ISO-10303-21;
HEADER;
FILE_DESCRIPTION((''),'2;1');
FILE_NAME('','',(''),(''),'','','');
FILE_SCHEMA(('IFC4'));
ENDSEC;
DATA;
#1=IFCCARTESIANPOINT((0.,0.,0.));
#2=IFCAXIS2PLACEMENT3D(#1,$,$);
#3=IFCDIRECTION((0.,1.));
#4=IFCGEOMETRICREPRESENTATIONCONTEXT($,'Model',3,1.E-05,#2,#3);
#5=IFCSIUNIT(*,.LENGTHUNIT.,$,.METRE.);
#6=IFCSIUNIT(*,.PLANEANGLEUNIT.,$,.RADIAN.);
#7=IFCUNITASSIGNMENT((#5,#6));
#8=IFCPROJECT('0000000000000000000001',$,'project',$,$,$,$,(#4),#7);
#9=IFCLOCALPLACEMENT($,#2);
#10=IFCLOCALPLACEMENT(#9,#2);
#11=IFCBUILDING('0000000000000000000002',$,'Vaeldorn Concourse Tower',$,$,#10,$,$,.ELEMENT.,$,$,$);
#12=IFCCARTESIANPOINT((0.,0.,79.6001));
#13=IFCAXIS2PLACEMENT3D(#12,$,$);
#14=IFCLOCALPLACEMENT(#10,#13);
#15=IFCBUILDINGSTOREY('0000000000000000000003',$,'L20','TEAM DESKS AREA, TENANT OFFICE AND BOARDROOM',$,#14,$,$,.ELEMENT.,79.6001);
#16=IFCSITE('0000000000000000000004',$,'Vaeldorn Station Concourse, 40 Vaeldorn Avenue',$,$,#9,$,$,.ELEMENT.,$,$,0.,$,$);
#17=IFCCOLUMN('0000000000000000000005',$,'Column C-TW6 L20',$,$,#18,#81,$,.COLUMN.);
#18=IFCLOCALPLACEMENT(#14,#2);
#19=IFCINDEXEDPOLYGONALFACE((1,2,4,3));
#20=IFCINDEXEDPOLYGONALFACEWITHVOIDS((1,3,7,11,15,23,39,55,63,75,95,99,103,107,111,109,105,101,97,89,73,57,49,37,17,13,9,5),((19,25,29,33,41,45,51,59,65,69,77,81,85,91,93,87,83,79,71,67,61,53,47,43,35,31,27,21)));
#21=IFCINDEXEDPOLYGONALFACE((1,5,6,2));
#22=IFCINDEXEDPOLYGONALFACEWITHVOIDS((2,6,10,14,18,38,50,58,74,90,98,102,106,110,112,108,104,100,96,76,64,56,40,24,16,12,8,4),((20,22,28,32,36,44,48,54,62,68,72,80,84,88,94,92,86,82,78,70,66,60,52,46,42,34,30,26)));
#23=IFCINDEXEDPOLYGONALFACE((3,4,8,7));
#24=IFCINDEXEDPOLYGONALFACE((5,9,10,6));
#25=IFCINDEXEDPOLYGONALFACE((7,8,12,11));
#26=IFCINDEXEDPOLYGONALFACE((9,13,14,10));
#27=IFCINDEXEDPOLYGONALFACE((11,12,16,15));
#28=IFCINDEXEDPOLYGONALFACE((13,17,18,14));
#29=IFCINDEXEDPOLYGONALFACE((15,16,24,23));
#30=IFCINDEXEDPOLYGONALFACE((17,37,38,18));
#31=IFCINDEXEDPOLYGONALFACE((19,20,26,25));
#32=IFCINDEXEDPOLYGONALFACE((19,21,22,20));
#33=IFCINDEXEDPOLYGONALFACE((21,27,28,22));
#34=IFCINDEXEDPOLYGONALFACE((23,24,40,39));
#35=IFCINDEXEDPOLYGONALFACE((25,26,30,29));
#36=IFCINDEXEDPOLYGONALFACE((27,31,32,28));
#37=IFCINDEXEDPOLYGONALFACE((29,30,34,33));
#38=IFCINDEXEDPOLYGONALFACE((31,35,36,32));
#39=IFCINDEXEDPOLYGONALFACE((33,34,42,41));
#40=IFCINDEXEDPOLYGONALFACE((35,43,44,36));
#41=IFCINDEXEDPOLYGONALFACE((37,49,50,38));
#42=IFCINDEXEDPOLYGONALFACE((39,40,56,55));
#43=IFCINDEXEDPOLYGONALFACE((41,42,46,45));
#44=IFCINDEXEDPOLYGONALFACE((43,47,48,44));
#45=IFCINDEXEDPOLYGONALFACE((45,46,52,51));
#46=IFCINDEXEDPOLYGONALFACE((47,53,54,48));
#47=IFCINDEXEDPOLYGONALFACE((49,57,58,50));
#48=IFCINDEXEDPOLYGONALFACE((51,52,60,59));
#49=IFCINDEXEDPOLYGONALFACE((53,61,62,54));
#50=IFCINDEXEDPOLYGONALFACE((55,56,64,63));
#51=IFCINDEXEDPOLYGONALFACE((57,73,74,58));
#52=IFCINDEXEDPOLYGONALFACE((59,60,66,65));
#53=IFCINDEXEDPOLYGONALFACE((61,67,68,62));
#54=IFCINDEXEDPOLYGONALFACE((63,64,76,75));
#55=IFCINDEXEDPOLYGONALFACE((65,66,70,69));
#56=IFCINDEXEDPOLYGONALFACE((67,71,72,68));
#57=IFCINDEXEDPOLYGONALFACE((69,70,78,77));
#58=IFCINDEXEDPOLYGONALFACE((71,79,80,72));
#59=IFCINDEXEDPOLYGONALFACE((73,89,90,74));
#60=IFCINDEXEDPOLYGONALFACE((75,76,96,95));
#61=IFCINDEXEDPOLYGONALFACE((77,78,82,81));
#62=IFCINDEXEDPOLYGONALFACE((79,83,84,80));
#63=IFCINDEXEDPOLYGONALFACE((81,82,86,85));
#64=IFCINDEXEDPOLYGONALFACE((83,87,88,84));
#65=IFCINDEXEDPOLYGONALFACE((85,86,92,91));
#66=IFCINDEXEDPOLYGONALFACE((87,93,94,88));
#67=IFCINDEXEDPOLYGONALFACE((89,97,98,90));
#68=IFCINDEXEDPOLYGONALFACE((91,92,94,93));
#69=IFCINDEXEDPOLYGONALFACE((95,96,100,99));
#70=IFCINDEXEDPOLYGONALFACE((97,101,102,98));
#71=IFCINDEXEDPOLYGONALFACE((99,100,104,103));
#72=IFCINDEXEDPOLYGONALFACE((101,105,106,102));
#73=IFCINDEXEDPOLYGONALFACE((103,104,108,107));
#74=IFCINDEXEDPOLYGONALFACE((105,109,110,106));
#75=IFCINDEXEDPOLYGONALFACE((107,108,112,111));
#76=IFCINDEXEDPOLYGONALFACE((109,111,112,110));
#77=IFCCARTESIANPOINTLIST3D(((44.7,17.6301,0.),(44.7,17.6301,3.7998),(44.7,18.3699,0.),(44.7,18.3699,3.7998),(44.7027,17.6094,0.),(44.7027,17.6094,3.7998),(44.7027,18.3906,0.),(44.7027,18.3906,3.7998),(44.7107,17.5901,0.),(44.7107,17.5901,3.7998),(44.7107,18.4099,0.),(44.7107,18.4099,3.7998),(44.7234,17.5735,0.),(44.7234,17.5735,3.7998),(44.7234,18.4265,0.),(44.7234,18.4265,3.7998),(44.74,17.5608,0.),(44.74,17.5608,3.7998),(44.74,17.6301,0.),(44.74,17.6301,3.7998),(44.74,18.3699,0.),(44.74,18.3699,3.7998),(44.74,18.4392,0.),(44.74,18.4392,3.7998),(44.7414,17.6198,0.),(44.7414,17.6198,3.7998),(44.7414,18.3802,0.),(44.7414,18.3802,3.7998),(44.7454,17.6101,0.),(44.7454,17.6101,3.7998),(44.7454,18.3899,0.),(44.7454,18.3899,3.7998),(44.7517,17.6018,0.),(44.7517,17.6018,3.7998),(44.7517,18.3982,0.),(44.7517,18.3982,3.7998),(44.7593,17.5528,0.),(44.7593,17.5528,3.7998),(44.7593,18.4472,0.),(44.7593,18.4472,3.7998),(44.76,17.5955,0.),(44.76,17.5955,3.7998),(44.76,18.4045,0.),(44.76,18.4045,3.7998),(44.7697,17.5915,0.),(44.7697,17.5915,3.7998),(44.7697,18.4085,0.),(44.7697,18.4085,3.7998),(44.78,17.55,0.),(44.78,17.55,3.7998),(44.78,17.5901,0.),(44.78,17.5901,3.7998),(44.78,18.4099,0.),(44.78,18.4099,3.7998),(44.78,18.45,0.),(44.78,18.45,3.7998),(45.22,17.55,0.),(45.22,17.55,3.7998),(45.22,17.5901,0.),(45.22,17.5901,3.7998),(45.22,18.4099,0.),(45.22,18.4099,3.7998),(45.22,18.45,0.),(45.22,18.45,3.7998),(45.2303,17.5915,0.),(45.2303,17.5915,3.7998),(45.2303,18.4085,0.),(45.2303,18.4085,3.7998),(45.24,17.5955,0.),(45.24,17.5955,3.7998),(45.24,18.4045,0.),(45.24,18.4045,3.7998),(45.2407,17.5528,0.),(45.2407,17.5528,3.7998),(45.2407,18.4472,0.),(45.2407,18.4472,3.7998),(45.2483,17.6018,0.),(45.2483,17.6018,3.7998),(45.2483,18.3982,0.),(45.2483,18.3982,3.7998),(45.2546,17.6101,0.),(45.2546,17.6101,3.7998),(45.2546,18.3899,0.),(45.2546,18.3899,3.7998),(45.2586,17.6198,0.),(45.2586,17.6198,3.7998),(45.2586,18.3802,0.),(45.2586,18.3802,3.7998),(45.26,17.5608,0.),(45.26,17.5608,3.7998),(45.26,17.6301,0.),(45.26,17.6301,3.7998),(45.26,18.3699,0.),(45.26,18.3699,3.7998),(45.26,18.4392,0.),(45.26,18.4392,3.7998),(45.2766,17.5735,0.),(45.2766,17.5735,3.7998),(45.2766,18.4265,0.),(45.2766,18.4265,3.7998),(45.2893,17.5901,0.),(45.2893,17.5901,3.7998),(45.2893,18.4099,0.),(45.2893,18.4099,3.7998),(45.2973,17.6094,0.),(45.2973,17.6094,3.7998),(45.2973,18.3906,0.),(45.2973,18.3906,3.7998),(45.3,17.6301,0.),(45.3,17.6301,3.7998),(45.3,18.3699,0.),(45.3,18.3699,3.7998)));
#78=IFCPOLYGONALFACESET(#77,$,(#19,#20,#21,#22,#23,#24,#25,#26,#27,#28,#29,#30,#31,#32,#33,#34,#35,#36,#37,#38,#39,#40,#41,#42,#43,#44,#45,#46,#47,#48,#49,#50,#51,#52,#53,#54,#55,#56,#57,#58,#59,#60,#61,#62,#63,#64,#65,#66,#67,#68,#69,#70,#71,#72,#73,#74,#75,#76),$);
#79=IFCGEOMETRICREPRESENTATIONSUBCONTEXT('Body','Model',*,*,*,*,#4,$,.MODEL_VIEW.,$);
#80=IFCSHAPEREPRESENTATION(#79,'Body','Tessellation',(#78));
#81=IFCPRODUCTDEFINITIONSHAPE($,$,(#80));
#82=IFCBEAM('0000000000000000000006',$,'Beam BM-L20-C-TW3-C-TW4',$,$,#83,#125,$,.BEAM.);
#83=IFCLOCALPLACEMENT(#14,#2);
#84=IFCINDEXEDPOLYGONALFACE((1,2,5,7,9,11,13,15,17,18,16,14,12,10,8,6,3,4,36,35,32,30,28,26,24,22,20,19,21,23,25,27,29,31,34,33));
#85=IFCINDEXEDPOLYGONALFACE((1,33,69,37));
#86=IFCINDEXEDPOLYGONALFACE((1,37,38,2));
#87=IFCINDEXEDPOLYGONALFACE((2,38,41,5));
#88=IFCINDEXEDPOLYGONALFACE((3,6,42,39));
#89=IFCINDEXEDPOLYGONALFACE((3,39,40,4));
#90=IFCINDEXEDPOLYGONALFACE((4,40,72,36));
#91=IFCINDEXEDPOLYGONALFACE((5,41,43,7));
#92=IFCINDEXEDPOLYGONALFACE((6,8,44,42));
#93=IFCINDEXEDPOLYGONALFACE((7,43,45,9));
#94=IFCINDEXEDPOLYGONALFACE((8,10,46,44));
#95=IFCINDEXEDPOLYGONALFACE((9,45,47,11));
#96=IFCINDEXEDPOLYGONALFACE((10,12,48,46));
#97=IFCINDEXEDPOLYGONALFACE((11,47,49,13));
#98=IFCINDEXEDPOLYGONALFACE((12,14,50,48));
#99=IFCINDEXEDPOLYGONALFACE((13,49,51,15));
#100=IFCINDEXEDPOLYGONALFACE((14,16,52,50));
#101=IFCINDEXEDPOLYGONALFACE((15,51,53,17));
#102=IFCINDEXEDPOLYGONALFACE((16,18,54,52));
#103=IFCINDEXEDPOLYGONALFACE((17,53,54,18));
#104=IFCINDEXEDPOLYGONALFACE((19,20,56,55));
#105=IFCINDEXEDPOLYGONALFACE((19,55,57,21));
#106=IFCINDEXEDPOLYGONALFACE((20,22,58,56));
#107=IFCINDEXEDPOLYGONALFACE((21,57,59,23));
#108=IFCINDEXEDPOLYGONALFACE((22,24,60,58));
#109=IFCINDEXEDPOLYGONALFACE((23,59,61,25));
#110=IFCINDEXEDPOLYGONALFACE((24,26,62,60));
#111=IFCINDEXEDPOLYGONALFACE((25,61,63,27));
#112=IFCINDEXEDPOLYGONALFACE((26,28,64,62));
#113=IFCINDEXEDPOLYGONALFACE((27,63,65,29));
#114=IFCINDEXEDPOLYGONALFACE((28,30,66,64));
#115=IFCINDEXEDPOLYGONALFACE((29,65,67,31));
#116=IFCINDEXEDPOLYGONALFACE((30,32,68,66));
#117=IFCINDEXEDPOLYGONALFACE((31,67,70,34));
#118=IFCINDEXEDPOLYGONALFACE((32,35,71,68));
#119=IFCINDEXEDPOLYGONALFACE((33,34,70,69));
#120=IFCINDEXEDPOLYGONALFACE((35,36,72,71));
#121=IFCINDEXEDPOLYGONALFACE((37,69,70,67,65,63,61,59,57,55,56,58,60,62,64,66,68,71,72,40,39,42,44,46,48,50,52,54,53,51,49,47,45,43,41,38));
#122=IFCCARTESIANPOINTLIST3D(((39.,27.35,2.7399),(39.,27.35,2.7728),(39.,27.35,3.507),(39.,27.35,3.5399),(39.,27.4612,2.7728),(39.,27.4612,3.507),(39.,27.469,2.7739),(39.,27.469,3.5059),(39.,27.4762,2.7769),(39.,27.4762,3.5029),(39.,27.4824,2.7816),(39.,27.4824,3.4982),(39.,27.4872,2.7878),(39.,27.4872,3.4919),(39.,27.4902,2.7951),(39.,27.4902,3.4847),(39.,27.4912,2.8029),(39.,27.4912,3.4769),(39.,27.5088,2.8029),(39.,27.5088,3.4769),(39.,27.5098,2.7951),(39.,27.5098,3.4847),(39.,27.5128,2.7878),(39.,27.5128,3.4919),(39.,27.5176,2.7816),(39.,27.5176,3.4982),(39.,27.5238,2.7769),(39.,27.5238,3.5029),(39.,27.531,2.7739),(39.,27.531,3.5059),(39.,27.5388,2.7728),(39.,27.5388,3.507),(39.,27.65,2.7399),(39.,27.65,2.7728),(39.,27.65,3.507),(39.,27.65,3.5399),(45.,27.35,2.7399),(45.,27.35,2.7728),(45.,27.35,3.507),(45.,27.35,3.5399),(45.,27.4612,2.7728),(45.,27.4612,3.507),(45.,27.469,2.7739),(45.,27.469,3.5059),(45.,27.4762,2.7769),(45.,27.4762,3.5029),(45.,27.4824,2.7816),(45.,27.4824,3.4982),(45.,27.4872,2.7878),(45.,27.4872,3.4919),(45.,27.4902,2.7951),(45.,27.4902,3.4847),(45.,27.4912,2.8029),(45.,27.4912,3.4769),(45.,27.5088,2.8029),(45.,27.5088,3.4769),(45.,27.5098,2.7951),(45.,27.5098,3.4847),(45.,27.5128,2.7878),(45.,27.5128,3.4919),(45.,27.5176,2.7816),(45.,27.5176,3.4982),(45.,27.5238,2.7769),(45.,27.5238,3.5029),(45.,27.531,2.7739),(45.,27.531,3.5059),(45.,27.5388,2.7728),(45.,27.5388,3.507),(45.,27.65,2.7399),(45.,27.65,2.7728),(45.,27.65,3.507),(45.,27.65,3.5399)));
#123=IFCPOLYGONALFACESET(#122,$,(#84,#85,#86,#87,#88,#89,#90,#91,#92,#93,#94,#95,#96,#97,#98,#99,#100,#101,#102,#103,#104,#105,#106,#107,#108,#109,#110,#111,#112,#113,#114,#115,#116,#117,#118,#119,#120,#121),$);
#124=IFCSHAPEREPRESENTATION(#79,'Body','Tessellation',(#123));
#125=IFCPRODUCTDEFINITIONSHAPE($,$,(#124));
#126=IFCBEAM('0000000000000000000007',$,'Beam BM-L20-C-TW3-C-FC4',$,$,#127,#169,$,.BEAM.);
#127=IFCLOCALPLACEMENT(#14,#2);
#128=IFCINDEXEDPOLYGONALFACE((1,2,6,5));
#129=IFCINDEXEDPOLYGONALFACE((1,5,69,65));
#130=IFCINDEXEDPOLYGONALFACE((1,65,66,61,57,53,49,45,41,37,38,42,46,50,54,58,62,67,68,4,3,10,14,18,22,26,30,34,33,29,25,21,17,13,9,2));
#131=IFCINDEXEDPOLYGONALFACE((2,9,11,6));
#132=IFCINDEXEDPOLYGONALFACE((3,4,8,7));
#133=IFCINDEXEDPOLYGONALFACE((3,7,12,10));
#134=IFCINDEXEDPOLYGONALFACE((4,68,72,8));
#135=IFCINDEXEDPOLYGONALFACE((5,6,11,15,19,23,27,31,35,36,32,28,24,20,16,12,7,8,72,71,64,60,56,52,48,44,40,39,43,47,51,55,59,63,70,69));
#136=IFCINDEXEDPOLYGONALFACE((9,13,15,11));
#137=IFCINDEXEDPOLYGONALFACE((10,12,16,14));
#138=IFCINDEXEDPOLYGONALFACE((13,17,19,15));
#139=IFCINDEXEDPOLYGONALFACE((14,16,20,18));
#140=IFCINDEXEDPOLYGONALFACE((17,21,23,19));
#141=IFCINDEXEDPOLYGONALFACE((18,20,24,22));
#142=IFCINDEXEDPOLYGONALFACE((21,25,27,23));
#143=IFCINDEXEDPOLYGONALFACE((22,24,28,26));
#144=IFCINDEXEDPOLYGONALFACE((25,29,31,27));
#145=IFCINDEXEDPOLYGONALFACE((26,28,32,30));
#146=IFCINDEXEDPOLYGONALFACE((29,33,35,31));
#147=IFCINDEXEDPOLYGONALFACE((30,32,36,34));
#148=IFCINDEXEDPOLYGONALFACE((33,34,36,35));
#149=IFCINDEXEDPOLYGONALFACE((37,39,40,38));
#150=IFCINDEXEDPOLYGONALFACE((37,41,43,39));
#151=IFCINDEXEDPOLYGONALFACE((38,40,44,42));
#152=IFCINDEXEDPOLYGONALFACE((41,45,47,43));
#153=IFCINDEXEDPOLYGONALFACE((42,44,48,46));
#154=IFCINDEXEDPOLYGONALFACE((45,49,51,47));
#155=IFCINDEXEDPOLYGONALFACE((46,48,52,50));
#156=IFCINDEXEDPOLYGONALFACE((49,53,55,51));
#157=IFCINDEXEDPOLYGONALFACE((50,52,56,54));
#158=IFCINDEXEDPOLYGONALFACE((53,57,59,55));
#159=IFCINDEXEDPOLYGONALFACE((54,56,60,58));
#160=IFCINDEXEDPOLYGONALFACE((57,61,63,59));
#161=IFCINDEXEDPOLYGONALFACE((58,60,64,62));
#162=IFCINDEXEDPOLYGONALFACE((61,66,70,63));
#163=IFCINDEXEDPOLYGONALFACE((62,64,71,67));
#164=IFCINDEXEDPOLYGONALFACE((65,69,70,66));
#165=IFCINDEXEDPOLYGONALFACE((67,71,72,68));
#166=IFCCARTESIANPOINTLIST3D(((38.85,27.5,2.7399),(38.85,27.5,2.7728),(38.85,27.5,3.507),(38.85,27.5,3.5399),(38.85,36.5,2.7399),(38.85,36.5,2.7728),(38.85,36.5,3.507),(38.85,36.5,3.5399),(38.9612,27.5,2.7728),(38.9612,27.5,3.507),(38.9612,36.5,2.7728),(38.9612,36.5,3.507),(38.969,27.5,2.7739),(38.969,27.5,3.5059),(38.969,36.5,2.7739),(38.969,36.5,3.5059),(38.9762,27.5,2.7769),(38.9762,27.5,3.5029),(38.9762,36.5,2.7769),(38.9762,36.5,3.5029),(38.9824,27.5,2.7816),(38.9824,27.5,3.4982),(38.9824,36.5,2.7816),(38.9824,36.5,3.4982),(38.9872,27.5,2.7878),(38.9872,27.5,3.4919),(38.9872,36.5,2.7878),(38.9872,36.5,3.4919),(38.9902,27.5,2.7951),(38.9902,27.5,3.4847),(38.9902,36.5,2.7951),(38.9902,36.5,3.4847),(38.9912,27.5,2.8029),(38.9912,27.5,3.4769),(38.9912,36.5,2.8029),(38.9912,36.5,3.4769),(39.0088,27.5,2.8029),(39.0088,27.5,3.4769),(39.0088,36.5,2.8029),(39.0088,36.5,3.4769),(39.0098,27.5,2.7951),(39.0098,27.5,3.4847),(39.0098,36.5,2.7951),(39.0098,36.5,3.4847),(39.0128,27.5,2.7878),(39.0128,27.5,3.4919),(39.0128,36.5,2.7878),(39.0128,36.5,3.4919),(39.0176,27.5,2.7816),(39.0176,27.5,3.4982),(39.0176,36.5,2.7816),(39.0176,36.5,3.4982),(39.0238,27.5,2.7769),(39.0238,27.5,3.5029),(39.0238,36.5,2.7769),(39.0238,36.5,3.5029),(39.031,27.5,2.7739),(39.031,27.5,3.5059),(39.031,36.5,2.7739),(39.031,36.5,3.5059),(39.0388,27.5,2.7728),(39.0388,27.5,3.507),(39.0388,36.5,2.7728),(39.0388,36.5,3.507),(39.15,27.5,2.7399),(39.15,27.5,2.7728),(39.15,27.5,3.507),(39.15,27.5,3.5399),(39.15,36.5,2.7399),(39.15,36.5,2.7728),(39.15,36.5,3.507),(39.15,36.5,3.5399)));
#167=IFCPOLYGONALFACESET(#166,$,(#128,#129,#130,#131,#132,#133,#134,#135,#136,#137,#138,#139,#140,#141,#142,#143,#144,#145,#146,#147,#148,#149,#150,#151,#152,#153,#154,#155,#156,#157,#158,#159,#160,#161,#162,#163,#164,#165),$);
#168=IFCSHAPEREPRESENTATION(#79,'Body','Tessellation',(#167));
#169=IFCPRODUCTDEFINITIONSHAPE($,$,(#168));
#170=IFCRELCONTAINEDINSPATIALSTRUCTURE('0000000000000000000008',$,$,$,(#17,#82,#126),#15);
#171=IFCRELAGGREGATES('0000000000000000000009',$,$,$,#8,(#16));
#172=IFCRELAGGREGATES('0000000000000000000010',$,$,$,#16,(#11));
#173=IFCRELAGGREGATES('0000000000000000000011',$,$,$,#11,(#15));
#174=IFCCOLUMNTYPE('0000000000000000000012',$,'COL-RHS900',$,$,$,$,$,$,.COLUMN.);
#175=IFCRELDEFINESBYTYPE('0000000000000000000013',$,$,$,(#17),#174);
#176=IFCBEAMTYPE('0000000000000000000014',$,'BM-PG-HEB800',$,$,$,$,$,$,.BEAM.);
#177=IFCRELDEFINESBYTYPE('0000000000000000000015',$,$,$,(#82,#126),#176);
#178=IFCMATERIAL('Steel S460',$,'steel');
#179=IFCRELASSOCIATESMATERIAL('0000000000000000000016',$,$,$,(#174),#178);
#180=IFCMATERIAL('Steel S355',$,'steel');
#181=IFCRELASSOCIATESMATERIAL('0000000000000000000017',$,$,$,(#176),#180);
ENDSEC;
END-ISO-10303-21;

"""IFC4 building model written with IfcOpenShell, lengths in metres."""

from ifc_helpers import new_model, si_unit, direction, frame, origin, origin_2d, place, context, subcontext, project, spatial, hollow_rectangle, i_section, extrude, source, transform, mapped, material, material_profile, profile_set, type_object, element, save


model = new_model("IFC4")

# Units and contexts
model_context = context("Model", 3, precision=1e-05, world=origin(), true_north=direction((0.0, 1.0)))
body_context = subcontext(model_context, "Body", "Model", "MODEL_VIEW")
ifc_project = project(units=[si_unit("LENGTHUNIT", "METRE"), si_unit("PLANEANGLEUNIT", "RADIAN")], contexts=[model_context])

# Site, building, storey
site_placement = place(None, origin())
site = spatial("IfcSite", under=ifc_project, at=site_placement, Name="Vaeldorn Station Concourse, 40 Vaeldorn Avenue", CompositionType="ELEMENT", RefElevation=0.0)
building_placement = place(site_placement, origin())
building = spatial("IfcBuilding", under=site, at=building_placement, Name="Vaeldorn Concourse Tower", CompositionType="ELEMENT")
storey_placement = place(building_placement, frame((0.0, 0.0, 79.6001)))
storey = spatial("IfcBuildingStorey", under=building, at=storey_placement, Name="L20", Description="TEAM DESKS AREA, TENANT OFFICE AND BOARDROOM", CompositionType="ELEMENT", Elevation=79.6001)

# Column
ifc_material_1 = material(Name="Steel S460", Category="steel")
ifc_material_profile_1 = material_profile(ifc_material_1, hollow_rectangle(XDim=0.6001, YDim=0.8999, WallThickness=0.04, InnerFilletRadius=0.04, OuterFilletRadius=0.0801, at=origin_2d()), Name="RHS 900x600x40")
ifc_profile_set_1 = profile_set([ifc_material_profile_1], Name="Steel S460")
column_type_1 = type_object("IfcColumnType", Name="COL-RHS900", PredefinedType="COLUMN", material=ifc_profile_set_1)
shared_shape_1 = source(origin(), body_context, "Body", "SweptSolid", [
    extrude(hollow_rectangle(XDim=0.6001, YDim=0.8999, WallThickness=0.04, InnerFilletRadius=0.04, OuterFilletRadius=0.0801, at=origin_2d()), origin(), (0.0, 0.0, 1.0), 3.7998),
])
for number, where, z_axis, x_axis, name in (
    (1, (45.0, 18.0, 0.0), (0.0, 0.0, 1.0), (1.0, 0.0, 0.0), "Column C-TW6 L20"),
):
    element("IfcColumn", number, at=place(storey_placement, frame(where, z_axis=z_axis, x_axis=x_axis)), inside=storey, type_object=column_type_1, Name=name, PredefinedType="COLUMN", context=body_context, shape_type="MappedRepresentation", body=[
        mapped(shared_shape_1, transform((0.0, 0.0, 0.0), scale=1.0)),
    ])

# Beams
ifc_material_2 = material(Name="Steel S355", Category="steel")
ifc_material_profile_2 = material_profile(ifc_material_2, i_section(OverallWidth=0.3, OverallDepth=0.8, WebThickness=0.0176, FlangeThickness=0.033, FilletRadius=0.03, at=origin_2d()), Name="HEB 800")
ifc_profile_set_2 = profile_set([ifc_material_profile_2], Name="Steel S355")
beam_type_1 = type_object("IfcBeamType", Name="BM-PG-HEB800", PredefinedType="BEAM", material=ifc_profile_set_2)
shared_shape_2 = source(origin(), body_context, "Body", "SweptSolid", [
    extrude(i_section(OverallWidth=0.3, OverallDepth=0.8, WebThickness=0.0176, FlangeThickness=0.033, FilletRadius=0.03, at=origin_2d()), origin(), (0.0, 0.0, 1.0), 6.0),
])
beam_1_placement = place(storey_placement, frame((39.0, 27.5, 3.1399), z_axis=(1.0, 0.0, 0.0), x_axis=(0.0, 1.0, 0.0)))
element("IfcBeam", 2, at=beam_1_placement, inside=storey, type_object=beam_type_1, Name="Beam BM-L20-C-TW3-C-TW4", PredefinedType="BEAM", context=body_context, shape_type="MappedRepresentation", body=[
    mapped(shared_shape_2, transform((0.0, 0.0, 0.0), scale=1.0)),
])
shared_shape_3 = source(origin(), body_context, "Body", "SweptSolid", [
    extrude(i_section(OverallWidth=0.3, OverallDepth=0.8, WebThickness=0.0176, FlangeThickness=0.033, FilletRadius=0.03, at=origin_2d()), origin(), (0.0, 0.0, 1.0), 9.0),
])
for number, where, z_axis, x_axis, name in (
    (3, (39.0, 27.5, 3.1399), (0.0, 1.0, 0.0), (-1.0, 0.0, 0.0), "Beam BM-L20-C-TW3-C-FC4"),
):
    element("IfcBeam", number, at=place(storey_placement, frame(where, z_axis=z_axis, x_axis=x_axis)), inside=storey, type_object=beam_type_1, Name=name, PredefinedType="BEAM", context=body_context, shape_type="MappedRepresentation", body=[
        mapped(shared_shape_3, transform((0.0, 0.0, 0.0), scale=1.0)),
    ])

save(model, "model.ifc")
